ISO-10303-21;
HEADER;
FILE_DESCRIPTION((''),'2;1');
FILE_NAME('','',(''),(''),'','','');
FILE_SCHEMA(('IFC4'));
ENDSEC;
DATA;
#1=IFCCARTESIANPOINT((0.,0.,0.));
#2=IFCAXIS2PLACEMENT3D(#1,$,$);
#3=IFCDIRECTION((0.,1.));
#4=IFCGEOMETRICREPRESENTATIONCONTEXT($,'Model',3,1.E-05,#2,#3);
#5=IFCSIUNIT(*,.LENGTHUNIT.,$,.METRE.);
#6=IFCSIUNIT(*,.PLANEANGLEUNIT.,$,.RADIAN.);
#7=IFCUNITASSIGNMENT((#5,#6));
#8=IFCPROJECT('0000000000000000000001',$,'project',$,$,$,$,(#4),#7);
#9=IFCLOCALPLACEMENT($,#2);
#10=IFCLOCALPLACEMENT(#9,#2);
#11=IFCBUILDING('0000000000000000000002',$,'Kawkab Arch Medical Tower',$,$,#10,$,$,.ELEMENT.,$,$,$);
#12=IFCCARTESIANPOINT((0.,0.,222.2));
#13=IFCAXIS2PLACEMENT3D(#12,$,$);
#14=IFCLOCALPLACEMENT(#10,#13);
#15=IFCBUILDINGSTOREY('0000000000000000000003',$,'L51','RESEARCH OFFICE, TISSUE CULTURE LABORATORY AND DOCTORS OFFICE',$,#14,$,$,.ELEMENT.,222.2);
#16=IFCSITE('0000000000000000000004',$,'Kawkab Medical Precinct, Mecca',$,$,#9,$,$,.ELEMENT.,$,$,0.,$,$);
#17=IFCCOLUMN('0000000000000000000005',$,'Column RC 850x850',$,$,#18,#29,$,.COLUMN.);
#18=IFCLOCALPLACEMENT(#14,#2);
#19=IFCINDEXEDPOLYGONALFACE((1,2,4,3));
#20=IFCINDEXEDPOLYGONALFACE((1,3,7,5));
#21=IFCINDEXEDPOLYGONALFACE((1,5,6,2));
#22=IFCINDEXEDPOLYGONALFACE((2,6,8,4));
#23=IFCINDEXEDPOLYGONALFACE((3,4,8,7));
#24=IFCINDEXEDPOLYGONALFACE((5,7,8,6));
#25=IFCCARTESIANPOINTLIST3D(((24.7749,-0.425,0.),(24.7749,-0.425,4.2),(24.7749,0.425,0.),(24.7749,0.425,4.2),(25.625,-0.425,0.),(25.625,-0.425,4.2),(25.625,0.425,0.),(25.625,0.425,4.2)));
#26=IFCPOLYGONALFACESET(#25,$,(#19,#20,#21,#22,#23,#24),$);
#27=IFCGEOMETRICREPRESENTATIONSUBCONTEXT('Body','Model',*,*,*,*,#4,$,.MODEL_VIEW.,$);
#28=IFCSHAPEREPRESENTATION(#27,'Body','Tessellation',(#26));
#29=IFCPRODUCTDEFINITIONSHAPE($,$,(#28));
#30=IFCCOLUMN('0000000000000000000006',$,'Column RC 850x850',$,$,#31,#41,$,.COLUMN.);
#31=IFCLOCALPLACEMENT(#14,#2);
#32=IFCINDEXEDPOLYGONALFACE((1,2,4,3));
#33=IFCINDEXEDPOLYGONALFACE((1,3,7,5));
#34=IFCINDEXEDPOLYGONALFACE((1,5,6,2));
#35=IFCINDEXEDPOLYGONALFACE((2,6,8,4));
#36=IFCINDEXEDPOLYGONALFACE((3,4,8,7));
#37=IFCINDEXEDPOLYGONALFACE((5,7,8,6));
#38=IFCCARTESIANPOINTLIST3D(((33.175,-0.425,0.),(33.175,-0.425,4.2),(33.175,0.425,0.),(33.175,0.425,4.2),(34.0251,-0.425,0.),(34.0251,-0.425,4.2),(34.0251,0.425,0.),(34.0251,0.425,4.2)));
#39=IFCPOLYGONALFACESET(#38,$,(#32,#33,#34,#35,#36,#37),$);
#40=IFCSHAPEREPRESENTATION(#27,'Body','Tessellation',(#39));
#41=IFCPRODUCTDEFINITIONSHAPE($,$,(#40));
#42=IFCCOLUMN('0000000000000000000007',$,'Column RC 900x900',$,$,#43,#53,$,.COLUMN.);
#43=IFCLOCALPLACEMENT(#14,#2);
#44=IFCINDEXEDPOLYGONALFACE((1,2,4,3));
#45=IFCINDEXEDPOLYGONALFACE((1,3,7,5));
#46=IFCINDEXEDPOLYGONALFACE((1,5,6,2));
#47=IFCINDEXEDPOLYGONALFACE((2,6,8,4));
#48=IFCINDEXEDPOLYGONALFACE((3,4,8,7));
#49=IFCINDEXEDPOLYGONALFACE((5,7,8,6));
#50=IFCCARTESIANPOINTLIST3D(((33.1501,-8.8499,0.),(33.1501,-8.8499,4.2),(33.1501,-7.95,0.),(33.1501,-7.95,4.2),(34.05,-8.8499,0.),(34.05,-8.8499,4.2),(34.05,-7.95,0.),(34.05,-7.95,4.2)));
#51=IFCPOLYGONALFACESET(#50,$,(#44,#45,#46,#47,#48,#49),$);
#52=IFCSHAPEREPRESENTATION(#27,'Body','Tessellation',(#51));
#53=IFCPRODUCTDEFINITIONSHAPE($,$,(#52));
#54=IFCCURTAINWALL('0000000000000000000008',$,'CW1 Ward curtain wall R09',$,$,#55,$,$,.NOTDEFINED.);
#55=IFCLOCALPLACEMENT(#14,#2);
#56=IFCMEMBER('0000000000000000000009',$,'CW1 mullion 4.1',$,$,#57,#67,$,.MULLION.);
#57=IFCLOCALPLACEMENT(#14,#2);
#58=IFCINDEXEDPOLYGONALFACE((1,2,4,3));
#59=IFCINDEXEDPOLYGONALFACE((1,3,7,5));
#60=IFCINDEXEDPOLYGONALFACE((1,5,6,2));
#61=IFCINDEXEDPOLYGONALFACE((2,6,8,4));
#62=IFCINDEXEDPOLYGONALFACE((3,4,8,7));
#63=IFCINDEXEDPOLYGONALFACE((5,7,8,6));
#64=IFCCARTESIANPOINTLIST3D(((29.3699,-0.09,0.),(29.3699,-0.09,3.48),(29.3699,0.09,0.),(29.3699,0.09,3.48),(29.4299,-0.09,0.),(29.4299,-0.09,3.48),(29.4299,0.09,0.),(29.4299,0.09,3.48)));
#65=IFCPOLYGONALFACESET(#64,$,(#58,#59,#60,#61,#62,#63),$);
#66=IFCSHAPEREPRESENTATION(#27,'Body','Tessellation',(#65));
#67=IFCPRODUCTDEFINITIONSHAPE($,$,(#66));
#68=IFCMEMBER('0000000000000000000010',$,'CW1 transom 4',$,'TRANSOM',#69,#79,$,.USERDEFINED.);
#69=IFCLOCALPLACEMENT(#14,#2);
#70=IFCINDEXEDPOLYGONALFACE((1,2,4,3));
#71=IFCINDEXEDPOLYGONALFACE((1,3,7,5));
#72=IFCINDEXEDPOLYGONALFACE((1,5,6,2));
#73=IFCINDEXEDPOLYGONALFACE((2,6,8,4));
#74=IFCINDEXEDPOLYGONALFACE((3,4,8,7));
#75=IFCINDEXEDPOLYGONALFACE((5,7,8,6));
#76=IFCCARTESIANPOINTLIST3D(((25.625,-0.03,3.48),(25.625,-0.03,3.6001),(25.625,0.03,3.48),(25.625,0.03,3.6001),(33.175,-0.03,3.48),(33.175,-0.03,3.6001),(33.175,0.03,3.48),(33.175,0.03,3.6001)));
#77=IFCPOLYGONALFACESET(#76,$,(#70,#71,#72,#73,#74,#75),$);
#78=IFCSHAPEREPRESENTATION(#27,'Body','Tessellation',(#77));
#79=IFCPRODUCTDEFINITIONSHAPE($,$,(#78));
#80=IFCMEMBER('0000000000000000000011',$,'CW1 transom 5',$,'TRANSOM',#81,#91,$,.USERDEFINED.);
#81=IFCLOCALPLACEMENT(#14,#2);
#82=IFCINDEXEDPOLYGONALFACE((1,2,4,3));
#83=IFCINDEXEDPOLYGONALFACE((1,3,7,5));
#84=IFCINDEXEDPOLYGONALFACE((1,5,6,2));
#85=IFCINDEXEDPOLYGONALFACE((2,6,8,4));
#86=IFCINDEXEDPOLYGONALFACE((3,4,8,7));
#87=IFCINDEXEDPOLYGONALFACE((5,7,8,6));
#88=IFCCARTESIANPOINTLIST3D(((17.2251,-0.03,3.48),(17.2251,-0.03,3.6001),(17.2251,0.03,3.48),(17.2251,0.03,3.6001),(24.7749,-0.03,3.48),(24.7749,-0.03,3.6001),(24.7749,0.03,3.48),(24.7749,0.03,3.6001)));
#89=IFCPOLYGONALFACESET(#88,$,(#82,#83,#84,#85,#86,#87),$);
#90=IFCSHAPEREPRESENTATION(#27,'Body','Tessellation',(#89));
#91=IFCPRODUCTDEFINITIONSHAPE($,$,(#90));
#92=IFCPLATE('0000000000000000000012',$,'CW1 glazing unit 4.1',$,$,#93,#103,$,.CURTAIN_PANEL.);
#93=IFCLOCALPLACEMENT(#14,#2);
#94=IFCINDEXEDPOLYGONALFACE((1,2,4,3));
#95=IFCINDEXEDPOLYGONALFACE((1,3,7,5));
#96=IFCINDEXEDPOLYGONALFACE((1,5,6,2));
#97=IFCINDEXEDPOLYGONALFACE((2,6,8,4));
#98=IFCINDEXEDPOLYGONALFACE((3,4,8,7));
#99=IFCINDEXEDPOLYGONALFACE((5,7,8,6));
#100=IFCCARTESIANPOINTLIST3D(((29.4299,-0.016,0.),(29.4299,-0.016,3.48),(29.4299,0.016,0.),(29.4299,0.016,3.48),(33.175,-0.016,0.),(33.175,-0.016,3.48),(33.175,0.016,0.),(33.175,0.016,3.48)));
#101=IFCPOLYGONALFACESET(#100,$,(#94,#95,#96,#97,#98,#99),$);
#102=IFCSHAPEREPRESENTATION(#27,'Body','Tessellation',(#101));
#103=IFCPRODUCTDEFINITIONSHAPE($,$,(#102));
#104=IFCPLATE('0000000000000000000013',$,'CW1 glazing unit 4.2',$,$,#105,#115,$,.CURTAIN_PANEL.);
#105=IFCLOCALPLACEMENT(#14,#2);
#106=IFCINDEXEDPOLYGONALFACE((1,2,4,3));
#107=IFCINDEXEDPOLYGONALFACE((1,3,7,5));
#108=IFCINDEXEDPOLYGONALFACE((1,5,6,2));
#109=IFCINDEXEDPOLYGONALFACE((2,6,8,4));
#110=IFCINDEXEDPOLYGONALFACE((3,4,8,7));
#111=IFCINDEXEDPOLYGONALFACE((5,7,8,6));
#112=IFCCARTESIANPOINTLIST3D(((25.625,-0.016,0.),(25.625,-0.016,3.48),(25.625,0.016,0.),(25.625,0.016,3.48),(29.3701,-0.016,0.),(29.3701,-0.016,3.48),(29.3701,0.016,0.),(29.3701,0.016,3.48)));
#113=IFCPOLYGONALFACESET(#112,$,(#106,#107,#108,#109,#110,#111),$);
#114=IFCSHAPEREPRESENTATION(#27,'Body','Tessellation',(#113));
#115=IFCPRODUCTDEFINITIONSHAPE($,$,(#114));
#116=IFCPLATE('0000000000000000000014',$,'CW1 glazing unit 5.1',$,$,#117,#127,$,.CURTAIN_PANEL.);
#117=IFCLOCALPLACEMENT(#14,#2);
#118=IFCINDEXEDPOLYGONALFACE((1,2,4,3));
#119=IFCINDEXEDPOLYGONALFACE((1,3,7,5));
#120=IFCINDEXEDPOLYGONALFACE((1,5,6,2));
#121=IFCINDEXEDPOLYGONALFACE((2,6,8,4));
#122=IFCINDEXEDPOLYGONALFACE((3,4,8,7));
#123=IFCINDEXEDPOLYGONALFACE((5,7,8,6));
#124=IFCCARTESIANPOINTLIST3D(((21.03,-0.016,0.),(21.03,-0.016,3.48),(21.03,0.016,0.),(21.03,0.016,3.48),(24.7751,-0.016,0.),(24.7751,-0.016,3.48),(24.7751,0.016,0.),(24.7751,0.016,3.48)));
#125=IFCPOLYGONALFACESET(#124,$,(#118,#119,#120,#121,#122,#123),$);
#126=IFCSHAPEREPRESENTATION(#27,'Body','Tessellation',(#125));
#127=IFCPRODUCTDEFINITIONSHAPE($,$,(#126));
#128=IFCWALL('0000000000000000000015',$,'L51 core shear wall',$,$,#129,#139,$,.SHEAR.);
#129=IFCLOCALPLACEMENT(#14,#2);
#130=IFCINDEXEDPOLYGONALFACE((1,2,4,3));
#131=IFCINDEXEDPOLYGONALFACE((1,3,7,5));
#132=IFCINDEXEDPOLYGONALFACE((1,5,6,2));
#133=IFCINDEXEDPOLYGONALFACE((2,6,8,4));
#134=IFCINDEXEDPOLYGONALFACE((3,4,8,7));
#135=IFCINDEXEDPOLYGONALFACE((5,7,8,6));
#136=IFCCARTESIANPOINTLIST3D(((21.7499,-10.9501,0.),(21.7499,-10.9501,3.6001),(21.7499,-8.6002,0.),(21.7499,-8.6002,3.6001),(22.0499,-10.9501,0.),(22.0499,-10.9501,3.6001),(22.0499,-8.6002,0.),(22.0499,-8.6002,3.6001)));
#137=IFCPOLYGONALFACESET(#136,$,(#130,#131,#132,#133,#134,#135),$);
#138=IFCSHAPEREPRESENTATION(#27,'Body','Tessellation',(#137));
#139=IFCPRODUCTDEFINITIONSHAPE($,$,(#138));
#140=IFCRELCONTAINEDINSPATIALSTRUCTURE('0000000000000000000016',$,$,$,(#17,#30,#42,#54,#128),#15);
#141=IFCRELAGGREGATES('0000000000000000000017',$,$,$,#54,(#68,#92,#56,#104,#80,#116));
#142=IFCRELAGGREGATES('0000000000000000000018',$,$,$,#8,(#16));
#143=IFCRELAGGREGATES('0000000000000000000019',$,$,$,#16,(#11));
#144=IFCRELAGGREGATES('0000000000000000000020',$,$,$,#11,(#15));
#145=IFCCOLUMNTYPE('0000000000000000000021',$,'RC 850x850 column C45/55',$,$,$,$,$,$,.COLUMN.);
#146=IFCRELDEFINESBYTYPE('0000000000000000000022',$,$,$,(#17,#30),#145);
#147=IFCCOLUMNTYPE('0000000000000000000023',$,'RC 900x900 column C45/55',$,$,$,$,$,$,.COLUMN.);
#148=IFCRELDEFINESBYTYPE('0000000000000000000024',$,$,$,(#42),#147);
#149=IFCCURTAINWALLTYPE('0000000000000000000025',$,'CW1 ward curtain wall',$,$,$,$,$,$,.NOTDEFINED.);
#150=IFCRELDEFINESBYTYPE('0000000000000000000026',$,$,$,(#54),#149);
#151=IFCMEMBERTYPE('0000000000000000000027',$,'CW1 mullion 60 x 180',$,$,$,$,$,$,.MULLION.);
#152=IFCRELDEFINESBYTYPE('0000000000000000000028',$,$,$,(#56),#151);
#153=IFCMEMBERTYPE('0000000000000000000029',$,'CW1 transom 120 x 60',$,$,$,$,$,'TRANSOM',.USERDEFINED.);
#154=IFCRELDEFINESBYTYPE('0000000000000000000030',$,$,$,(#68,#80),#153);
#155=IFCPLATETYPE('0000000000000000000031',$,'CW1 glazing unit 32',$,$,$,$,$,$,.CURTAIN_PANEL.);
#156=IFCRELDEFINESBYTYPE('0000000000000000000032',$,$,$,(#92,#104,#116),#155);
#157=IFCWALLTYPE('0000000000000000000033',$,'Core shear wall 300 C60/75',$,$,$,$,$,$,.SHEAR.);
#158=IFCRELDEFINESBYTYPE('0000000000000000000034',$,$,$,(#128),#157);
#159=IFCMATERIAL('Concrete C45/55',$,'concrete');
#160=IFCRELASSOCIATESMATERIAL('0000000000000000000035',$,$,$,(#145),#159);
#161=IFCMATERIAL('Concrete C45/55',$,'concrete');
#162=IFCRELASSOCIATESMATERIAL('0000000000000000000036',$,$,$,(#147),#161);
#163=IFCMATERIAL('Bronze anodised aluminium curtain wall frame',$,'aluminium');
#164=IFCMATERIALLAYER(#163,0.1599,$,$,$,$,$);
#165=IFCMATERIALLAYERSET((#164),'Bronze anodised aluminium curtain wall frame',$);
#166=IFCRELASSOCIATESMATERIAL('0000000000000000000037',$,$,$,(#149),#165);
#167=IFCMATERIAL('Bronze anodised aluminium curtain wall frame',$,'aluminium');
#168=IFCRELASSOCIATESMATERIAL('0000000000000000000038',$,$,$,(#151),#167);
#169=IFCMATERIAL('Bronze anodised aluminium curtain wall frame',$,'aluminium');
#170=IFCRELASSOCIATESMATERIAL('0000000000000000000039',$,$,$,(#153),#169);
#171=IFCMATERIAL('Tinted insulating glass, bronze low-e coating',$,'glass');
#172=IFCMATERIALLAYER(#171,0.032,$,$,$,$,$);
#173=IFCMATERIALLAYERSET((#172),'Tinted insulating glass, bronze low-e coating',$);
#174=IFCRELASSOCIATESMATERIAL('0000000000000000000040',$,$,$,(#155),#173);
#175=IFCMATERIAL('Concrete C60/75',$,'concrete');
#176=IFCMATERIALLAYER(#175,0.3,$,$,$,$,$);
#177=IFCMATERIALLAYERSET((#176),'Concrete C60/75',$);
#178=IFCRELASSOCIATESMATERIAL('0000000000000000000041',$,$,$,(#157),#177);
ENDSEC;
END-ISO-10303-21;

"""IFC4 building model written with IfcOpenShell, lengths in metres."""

from ifc_helpers import new_model, si_unit, direction, frame, frame_2d, origin, origin_2d, place, context, subcontext, project, spatial, rectangle, extrude, material, layer, layer_set, material_profile, profile_set, type_object, element, aggregate, save


model = new_model("IFC4")

# Units and contexts
model_context = context("Model", 3, precision=1e-05, world=origin(), true_north=direction((0.0, 1.0)))
body_context = subcontext(model_context, "Body", "Model", "MODEL_VIEW")
ifc_project = project(units=[si_unit("LENGTHUNIT", "METRE"), si_unit("PLANEANGLEUNIT", "RADIAN")], contexts=[model_context])

# Site, building, storey
site_placement = place(None, origin())
site = spatial("IfcSite", under=ifc_project, at=site_placement, Name="Kawkab Medical Precinct, Mecca", CompositionType="ELEMENT", RefElevation=0.0)
building_placement = place(site_placement, origin())
building = spatial("IfcBuilding", under=site, at=building_placement, Name="Kawkab Arch Medical Tower", CompositionType="ELEMENT")
storey_placement = place(building_placement, frame((0.0, 0.0, 222.2)))
storey = spatial("IfcBuildingStorey", under=building, at=storey_placement, Name="L51", Description="RESEARCH OFFICE, TISSUE CULTURE LABORATORY AND DOCTORS OFFICE", CompositionType="ELEMENT", Elevation=222.2)

# Columns
ifc_material_1 = material(Name="Concrete C45/55", Category="concrete")
ifc_material_profile_1 = material_profile(ifc_material_1, rectangle(XDim=0.8501, YDim=0.8501, at=origin_2d()), Name="RC 850x850")
ifc_profile_set_1 = profile_set([ifc_material_profile_1], Name="Concrete C45/55")
column_type_1 = type_object("IfcColumnType", Name="RC 850x850 column C45/55", PredefinedType="COLUMN", material=ifc_profile_set_1)
for number, where, z_axis, x_axis, name in (
    (1, (25.2, 0.0, 0.0), (0.0, 0.0, 1.0), (1.0, 0.0, 0.0), "Column RC 850x850"),
    (2, (33.6001, 0.0, 0.0), (0.0, 0.0, 1.0), (1.0, 0.0, 0.0), "Column RC 850x850"),
):
    element("IfcColumn", number, at=place(storey_placement, frame(where, z_axis=z_axis, x_axis=x_axis)), inside=storey, type_object=column_type_1, Name=name, PredefinedType="COLUMN", context=body_context, shape_type="SweptSolid", body=[
        extrude(rectangle(XDim=0.8501, YDim=0.8501, at=origin_2d()), origin(), (0.0, 0.0, 1.0), 4.2),
    ])
ifc_material_2 = material(Name="Concrete C45/55", Category="concrete")
ifc_material_profile_2 = material_profile(ifc_material_2, rectangle(XDim=0.8999, YDim=0.8999, at=origin_2d()), Name="RC 900x900")
ifc_profile_set_2 = profile_set([ifc_material_profile_2], Name="Concrete C45/55")
column_type_2 = type_object("IfcColumnType", Name="RC 900x900 column C45/55", PredefinedType="COLUMN", material=ifc_profile_set_2)
column_placement = place(storey_placement, frame((33.6001, -8.3999, 0.0), z_axis=(0.0, 0.0, 1.0), x_axis=(1.0, 0.0, 0.0)))
element("IfcColumn", 3, at=column_placement, inside=storey, type_object=column_type_2, Name="Column RC 900x900", PredefinedType="COLUMN", context=body_context, shape_type="SweptSolid", body=[
    extrude(rectangle(XDim=0.8999, YDim=0.8999, at=origin_2d()), origin(), (0.0, 0.0, 1.0), 4.2),
])

# Curtain wall, members, plates
ifc_material_3 = material(Name="Bronze anodised aluminium curtain wall frame", Category="aluminium")
ifc_layer_1 = layer(ifc_material_3, 0.1599)
ifc_layer_set_1 = layer_set([ifc_layer_1], Name="Bronze anodised aluminium curtain wall frame")
curtain_wall_type = type_object("IfcCurtainWallType", Name="CW1 ward curtain wall", PredefinedType="NOTDEFINED", material=ifc_layer_set_1)
placement = place(storey_placement, origin())
curtain_wall = element("IfcCurtainWall", 4, at=placement, inside=storey, type_object=curtain_wall_type, Name="CW1 Ward curtain wall R09", PredefinedType="NOTDEFINED")
ifc_material_4 = material(Name="Bronze anodised aluminium curtain wall frame", Category="aluminium")
ifc_material_profile_3 = material_profile(ifc_material_4, rectangle(XDim=0.1799, YDim=0.0601, at=origin_2d()), Name="AL 60x180")
ifc_profile_set_3 = profile_set([ifc_material_profile_3], Name="Bronze anodised aluminium curtain wall frame")
member_type_1 = type_object("IfcMemberType", Name="CW1 mullion 60 x 180", PredefinedType="MULLION", material=ifc_profile_set_3)
member_1_placement = place(storey_placement, frame((29.3999, 0.0, 0.0), z_axis=(0.0, 0.0, 1.0), x_axis=(0.0, -1.0, 0.0)))
member_1 = element("IfcMember", 5, at=member_1_placement, type_object=member_type_1, Name="CW1 mullion 4.1", PredefinedType="MULLION", context=body_context, shape_type="SweptSolid", body=[
    extrude(rectangle(XDim=0.1799, YDim=0.0601, at=origin_2d()), origin(), (0.0, 0.0, 1.0), 3.48),
])
ifc_material_5 = material(Name="Bronze anodised aluminium curtain wall frame", Category="aluminium")
ifc_material_profile_4 = material_profile(ifc_material_5, rectangle(XDim=0.0601, YDim=0.1201, at=origin_2d()), Name="AL 60x120")
ifc_profile_set_4 = profile_set([ifc_material_profile_4], Name="Bronze anodised aluminium curtain wall frame")
member_type_2 = type_object("IfcMemberType", Name="CW1 transom 120 x 60", ElementType="TRANSOM", PredefinedType="USERDEFINED", material=ifc_profile_set_4)
member_2_placement = place(storey_placement, frame((33.175, 0.0, 3.54), z_axis=(-1.0, 0.0, 0.0), x_axis=(0.0, -1.0, 0.0)))
member_2 = element("IfcMember", 6, at=member_2_placement, type_object=member_type_2, Name="CW1 transom 4", ObjectType="TRANSOM", PredefinedType="USERDEFINED", context=body_context, shape_type="SweptSolid", body=[
    extrude(rectangle(XDim=0.0601, YDim=0.1201, at=origin_2d()), origin(), (0.0, 0.0, 1.0), 7.55),
])
member_3_placement = place(storey_placement, frame((24.7749, 0.0, 3.54), z_axis=(-1.0, 0.0, 0.0), x_axis=(0.0, -1.0, 0.0)))
member_3 = element("IfcMember", 7, at=member_3_placement, type_object=member_type_2, Name="CW1 transom 5", ObjectType="TRANSOM", PredefinedType="USERDEFINED", context=body_context, shape_type="SweptSolid", body=[
    extrude(rectangle(XDim=0.0601, YDim=0.1201, at=origin_2d()), origin(), (0.0, 0.0, 1.0), 7.5498),
])
ifc_material_6 = material(Name="Tinted insulating glass, bronze low-e coating", Category="glass")
ifc_layer_2 = layer(ifc_material_6, 0.032)
ifc_layer_set_2 = layer_set([ifc_layer_2], Name="Tinted insulating glass, bronze low-e coating")
plate_type = type_object("IfcPlateType", Name="CW1 glazing unit 32", PredefinedType="CURTAIN_PANEL", material=ifc_layer_set_2)
plate_1_placement = place(storey_placement, frame((31.3025, 0.0, 0.0), z_axis=(0.0, 0.0, 1.0), x_axis=(-1.0, 0.0, 0.0)))
plate_1 = element("IfcPlate", 8, at=plate_1_placement, type_object=plate_type, Name="CW1 glazing unit 4.1", PredefinedType="CURTAIN_PANEL", context=body_context, shape_type="SweptSolid", body=[
    extrude(rectangle(XDim=3.7451, YDim=0.032, at=origin_2d()), origin(), (0.0, 0.0, 1.0), 3.48),
])
plate_2_placement = place(storey_placement, frame((27.4976, 0.0, 0.0), z_axis=(0.0, 0.0, 1.0), x_axis=(-1.0, 0.0, 0.0)))
plate_2 = element("IfcPlate", 9, at=plate_2_placement, type_object=plate_type, Name="CW1 glazing unit 4.2", PredefinedType="CURTAIN_PANEL", context=body_context, shape_type="SweptSolid", body=[
    extrude(rectangle(XDim=3.7451, YDim=0.032, at=origin_2d()), origin(), (0.0, 0.0, 1.0), 3.48),
])
plate_3_placement = place(storey_placement, frame((22.9026, 0.0, 0.0), z_axis=(0.0, 0.0, 1.0), x_axis=(-1.0, 0.0, 0.0)))
plate_3 = element("IfcPlate", 10, at=plate_3_placement, type_object=plate_type, Name="CW1 glazing unit 5.1", PredefinedType="CURTAIN_PANEL", context=body_context, shape_type="SweptSolid", body=[
    extrude(rectangle(XDim=3.7451, YDim=0.032, at=origin_2d()), origin(), (0.0, 0.0, 1.0), 3.48),
])
aggregate(curtain_wall, [member_2, plate_1, member_1, plate_2, member_3, plate_3])

# Wall
ifc_material_7 = material(Name="Concrete C60/75", Category="concrete")
ifc_layer_3 = layer(ifc_material_7, 0.3)
ifc_layer_set_3 = layer_set([ifc_layer_3], Name="Concrete C60/75")
wall_type_1 = type_object("IfcWallType", Name="Core shear wall 300 C60/75", PredefinedType="SHEAR", material=ifc_layer_set_3)
wall_1_placement = place(storey_placement, frame((21.8999, -10.95, 0.0), z_axis=(0.0, 0.0, 1.0), x_axis=(0.0, 1.0, 0.0)))
element("IfcWall", 11, at=wall_1_placement, inside=storey, type_object=wall_type_1, Name="L51 core shear wall", PredefinedType="SHEAR", context=body_context, shape_type="SweptSolid", body=[
    extrude(rectangle(XDim=2.3499, YDim=0.3, at=frame_2d((1.1748, 0.0))), origin(), (0.0, 0.0, 1.0), 3.6001),
])

save(model, "model.ifc")
